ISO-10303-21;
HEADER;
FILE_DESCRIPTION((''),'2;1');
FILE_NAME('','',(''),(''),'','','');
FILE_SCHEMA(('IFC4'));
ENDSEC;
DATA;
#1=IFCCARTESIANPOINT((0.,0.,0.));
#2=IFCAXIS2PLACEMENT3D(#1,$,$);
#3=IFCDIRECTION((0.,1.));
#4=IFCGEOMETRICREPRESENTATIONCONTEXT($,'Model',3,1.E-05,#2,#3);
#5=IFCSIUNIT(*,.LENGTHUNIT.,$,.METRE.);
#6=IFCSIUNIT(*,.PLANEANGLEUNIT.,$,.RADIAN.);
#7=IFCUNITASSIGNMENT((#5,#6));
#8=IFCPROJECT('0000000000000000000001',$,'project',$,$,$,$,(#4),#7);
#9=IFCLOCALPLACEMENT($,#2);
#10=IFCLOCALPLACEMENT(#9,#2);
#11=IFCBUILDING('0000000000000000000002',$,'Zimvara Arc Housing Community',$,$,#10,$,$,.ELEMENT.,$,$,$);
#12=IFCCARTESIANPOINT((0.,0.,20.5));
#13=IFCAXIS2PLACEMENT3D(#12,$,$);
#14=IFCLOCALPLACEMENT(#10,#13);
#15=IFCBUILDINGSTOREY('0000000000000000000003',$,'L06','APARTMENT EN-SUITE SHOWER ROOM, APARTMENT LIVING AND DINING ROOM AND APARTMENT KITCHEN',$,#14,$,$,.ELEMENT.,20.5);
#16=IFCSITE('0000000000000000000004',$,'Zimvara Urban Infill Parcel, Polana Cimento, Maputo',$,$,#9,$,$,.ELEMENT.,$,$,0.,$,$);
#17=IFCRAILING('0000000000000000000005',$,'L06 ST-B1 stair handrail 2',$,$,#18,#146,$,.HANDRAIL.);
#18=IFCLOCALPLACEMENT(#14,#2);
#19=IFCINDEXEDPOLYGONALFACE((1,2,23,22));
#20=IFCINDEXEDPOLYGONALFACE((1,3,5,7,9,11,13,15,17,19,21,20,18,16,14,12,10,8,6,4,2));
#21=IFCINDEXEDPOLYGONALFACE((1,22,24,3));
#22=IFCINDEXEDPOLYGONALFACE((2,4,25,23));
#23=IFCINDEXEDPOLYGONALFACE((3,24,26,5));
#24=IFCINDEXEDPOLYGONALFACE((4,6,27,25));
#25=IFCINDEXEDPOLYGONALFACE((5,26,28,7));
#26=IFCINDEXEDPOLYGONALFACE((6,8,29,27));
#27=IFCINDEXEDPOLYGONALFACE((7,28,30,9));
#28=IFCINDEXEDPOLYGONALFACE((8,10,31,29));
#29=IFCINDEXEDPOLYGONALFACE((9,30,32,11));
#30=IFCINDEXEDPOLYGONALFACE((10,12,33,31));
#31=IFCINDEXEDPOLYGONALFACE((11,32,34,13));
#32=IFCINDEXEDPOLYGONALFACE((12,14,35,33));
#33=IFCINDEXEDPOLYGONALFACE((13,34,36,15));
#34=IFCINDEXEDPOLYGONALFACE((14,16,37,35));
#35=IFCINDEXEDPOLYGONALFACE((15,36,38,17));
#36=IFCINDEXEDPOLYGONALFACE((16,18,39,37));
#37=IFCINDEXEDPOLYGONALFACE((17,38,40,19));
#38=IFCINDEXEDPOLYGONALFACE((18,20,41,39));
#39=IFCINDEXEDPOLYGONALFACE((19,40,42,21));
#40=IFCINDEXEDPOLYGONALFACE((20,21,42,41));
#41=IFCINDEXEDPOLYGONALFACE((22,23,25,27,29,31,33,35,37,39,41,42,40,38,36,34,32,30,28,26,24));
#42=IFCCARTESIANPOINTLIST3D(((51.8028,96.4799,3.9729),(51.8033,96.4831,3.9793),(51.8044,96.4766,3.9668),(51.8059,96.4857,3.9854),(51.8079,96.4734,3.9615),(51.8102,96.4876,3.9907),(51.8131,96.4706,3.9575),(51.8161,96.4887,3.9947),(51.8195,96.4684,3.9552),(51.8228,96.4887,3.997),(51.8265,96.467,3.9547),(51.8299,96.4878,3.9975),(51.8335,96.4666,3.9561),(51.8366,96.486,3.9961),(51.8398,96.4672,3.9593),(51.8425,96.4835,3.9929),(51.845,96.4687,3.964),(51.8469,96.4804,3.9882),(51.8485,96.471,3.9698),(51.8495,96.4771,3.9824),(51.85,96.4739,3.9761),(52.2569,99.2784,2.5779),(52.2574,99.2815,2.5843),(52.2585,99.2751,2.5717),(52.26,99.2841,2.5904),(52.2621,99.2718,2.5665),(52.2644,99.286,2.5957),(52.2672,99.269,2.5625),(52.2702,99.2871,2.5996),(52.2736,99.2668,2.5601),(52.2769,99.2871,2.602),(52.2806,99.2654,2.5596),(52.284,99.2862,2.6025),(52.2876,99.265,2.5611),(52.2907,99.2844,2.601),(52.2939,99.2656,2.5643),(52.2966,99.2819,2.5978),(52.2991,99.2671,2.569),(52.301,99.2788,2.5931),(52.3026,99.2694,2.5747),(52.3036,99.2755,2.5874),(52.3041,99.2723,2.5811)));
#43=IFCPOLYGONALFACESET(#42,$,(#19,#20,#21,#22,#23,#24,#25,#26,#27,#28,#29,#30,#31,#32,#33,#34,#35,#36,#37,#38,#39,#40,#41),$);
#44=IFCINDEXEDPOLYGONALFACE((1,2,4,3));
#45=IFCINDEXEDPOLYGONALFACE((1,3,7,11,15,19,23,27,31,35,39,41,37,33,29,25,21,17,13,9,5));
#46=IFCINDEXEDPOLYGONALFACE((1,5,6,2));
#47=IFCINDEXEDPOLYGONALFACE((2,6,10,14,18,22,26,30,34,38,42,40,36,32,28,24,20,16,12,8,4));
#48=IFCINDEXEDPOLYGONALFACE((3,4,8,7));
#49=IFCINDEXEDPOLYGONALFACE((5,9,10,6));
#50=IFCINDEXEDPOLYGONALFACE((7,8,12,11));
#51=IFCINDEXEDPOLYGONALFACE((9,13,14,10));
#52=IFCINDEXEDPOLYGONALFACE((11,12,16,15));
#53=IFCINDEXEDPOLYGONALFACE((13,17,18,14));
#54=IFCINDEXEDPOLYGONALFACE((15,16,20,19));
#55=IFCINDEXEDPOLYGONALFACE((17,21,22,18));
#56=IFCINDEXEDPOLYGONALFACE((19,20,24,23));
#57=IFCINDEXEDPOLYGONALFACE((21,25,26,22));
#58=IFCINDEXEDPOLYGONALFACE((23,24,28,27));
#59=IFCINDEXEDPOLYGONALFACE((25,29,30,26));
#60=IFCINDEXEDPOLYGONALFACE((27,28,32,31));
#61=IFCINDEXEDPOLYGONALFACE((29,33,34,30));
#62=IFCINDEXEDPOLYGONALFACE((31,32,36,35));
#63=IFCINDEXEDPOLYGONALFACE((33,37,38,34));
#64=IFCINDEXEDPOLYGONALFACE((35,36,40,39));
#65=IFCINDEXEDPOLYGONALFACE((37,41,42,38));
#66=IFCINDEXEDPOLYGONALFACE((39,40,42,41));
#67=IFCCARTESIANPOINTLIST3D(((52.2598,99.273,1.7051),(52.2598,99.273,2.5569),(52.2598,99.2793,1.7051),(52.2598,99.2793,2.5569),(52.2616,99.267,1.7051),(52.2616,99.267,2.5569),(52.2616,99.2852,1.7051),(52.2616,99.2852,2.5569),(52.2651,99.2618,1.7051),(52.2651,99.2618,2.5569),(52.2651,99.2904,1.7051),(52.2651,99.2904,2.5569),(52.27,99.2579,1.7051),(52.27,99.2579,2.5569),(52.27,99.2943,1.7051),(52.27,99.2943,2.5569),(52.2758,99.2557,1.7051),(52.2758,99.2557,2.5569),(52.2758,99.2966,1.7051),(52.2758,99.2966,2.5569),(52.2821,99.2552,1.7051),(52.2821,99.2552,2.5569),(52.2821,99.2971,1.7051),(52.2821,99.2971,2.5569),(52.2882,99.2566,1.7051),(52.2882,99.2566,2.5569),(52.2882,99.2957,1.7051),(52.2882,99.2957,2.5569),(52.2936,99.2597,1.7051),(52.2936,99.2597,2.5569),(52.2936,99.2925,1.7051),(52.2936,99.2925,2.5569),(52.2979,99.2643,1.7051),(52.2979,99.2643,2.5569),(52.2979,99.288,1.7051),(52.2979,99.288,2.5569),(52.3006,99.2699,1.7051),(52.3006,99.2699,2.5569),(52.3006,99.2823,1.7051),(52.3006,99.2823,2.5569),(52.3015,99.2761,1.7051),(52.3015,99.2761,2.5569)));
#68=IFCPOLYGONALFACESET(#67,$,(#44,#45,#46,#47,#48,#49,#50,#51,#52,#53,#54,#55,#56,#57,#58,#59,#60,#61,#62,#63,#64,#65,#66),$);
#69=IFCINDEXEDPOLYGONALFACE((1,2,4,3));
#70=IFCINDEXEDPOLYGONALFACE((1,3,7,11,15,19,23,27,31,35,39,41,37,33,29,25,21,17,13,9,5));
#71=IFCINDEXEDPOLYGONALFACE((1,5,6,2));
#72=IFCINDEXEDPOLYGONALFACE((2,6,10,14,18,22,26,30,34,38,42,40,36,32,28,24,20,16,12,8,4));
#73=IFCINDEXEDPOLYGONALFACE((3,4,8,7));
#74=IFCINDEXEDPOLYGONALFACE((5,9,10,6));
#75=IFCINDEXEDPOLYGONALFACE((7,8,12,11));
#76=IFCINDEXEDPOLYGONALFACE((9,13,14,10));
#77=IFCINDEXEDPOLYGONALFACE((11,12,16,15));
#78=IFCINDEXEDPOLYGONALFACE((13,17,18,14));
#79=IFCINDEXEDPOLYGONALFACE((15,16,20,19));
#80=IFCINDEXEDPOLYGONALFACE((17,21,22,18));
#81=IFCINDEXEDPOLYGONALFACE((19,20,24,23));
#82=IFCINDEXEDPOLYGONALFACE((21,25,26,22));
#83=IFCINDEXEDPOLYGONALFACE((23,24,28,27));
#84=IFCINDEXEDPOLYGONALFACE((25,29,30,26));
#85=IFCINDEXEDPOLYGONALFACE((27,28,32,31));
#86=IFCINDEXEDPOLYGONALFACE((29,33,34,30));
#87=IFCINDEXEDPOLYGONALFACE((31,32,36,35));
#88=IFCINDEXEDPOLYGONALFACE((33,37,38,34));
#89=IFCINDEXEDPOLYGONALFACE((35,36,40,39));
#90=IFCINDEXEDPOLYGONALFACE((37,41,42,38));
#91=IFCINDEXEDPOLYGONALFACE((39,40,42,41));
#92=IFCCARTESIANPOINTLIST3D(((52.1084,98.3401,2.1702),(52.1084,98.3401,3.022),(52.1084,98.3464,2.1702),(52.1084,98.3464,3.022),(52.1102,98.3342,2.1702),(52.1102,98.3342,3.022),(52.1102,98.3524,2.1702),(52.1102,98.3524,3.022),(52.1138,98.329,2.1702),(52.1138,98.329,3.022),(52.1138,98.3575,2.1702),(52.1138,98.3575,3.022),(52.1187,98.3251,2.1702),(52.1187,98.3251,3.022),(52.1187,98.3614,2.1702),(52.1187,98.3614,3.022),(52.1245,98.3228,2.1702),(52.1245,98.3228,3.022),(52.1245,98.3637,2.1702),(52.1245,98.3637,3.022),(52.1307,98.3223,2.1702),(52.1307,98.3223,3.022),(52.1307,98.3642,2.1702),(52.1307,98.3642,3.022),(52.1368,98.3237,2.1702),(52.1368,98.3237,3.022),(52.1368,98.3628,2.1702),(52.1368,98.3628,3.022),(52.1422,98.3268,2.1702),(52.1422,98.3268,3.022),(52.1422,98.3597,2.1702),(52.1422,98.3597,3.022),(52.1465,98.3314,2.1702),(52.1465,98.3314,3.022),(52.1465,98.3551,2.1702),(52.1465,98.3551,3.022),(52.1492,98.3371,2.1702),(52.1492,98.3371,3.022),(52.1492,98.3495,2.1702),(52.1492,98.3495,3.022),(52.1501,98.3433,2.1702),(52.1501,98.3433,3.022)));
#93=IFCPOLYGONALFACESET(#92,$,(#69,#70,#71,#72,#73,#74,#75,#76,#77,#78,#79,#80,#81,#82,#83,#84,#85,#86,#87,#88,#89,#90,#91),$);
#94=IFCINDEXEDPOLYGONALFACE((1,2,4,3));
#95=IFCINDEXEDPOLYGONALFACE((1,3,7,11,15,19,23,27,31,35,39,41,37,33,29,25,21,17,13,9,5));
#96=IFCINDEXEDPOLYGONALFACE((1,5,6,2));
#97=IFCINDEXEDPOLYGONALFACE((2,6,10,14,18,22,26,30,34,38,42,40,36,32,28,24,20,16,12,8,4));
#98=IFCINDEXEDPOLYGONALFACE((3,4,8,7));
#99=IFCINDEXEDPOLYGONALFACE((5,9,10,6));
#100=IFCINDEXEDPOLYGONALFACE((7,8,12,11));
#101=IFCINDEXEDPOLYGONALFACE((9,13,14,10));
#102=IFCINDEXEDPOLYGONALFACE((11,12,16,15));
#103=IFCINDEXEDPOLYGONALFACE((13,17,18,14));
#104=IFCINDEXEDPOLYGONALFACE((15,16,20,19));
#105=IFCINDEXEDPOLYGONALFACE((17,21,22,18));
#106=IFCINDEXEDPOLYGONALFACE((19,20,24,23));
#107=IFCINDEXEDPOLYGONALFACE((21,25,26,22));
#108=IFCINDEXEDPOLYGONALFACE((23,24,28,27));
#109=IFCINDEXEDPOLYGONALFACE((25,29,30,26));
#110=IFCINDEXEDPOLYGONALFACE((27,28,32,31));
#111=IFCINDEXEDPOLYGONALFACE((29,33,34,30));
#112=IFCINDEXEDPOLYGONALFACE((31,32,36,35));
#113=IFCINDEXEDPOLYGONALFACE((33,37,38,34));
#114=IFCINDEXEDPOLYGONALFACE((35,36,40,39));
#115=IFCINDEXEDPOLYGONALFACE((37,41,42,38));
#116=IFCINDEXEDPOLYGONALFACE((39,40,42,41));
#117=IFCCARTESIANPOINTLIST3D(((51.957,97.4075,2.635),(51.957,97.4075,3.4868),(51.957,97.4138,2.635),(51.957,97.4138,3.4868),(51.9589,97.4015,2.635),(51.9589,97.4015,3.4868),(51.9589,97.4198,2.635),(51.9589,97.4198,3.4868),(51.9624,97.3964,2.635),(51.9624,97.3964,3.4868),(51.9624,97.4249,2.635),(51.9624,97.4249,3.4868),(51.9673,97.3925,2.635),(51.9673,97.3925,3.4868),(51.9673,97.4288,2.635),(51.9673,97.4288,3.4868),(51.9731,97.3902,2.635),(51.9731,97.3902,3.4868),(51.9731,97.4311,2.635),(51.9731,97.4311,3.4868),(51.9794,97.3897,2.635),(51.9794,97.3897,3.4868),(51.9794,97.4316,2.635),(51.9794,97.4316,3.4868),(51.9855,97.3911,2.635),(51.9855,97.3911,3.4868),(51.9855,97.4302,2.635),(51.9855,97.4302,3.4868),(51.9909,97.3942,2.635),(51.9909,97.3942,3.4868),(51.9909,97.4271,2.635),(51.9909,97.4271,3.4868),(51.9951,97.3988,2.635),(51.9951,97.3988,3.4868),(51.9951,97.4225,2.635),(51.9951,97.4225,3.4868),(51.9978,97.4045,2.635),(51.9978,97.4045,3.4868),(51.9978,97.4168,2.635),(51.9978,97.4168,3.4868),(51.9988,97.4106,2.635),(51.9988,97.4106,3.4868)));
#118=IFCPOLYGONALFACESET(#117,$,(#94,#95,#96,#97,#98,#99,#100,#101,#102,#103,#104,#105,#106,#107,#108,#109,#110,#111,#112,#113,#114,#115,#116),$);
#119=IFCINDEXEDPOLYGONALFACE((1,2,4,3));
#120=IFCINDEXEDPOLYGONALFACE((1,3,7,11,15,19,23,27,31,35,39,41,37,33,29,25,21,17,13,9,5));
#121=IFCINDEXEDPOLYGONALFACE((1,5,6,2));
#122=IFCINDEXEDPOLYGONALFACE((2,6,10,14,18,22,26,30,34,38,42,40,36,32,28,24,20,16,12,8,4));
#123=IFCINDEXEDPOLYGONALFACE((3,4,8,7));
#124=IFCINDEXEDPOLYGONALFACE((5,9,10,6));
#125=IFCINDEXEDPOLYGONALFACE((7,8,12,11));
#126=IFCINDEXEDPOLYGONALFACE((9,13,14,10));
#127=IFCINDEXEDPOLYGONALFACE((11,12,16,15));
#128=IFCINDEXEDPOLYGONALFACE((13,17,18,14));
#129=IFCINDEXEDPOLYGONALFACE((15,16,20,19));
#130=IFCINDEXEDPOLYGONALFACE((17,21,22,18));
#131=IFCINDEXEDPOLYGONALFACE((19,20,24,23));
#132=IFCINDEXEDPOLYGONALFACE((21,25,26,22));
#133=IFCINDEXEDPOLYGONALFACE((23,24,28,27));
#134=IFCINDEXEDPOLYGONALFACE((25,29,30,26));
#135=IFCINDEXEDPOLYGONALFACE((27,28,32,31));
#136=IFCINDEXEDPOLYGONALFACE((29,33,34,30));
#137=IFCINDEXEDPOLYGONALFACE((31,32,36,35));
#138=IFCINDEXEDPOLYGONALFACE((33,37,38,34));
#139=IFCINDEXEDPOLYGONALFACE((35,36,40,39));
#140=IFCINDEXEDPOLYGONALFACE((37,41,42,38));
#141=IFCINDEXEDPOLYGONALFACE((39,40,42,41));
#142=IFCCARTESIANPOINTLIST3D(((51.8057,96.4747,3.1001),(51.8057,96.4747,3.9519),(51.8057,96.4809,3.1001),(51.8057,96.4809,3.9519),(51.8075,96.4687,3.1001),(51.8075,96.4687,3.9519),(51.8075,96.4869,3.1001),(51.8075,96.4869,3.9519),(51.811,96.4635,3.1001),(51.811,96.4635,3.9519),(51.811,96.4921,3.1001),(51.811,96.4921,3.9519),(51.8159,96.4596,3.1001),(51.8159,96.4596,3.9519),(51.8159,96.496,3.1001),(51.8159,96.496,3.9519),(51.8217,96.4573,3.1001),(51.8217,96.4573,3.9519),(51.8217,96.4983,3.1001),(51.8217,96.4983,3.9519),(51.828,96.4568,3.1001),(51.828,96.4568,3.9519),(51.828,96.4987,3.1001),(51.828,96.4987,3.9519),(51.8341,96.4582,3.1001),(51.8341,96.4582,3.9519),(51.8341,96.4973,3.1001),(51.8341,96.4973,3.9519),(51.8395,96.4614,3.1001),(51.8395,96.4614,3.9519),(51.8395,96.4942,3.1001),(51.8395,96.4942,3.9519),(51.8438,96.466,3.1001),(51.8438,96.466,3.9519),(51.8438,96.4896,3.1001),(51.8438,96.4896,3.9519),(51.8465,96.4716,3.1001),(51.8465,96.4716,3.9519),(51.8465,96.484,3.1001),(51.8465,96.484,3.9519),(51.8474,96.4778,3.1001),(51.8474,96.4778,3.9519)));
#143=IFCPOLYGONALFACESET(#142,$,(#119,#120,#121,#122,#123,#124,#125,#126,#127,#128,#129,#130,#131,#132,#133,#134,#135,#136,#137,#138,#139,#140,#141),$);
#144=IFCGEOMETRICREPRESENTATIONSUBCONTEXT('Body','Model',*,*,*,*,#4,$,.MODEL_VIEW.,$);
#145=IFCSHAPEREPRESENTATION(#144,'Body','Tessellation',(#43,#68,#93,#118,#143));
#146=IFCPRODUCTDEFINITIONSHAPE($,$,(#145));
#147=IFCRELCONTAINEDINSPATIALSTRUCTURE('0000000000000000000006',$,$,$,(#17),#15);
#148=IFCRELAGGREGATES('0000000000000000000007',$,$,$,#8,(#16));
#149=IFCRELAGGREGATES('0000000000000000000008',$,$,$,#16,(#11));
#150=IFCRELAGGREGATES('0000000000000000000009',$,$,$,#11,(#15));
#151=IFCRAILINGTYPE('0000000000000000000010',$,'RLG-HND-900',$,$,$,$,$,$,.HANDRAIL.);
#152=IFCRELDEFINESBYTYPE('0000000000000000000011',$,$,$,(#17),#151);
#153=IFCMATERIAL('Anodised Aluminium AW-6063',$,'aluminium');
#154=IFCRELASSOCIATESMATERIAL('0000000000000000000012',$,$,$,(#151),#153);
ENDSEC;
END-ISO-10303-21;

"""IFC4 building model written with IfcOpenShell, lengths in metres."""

from ifc_helpers import new_model, si_unit, direction, frame, origin, origin_2d, place, context, subcontext, project, spatial, circle, extrude, material, type_object, element, save


model = new_model("IFC4")

# Units and contexts
model_context = context("Model", 3, precision=1e-05, world=origin(), true_north=direction((0.0, 1.0)))
body_context = subcontext(model_context, "Body", "Model", "MODEL_VIEW")
ifc_project = project(units=[si_unit("LENGTHUNIT", "METRE"), si_unit("PLANEANGLEUNIT", "RADIAN")], contexts=[model_context])

# Site, building, storey
site_placement = place(None, origin())
site = spatial("IfcSite", under=ifc_project, at=site_placement, Name="Zimvara Urban Infill Parcel, Polana Cimento, Maputo", CompositionType="ELEMENT", RefElevation=0.0)
building_placement = place(site_placement, origin())
building = spatial("IfcBuilding", under=site, at=building_placement, Name="Zimvara Arc Housing Community", CompositionType="ELEMENT")
storey_placement = place(building_placement, frame((0.0, 0.0, 20.5)))
storey = spatial("IfcBuildingStorey", under=building, at=storey_placement, Name="L06", Description="APARTMENT EN-SUITE SHOWER ROOM, APARTMENT LIVING AND DINING ROOM AND APARTMENT KITCHEN", CompositionType="ELEMENT", Elevation=20.5)

# Railing
ifc_material_1 = material(Name="Anodised Aluminium AW-6063", Category="aluminium")
railing_type_1 = type_object("IfcRailingType", Name="RLG-HND-900", PredefinedType="HANDRAIL", material=ifc_material_1)
railing_1_placement = place(storey_placement, frame((52.2805, 99.2761, 1.7051)))
element("IfcRailing", 1, at=railing_1_placement, inside=storey, type_object=railing_type_1, Name="L06 ST-B1 stair handrail 2", PredefinedType="HANDRAIL", context=body_context, shape_type="SweptSolid", body=[
    extrude(circle(Radius=0.0239, at=origin_2d()), frame((0.0, 0.0, 0.876), z_axis=(-0.143722, -0.885666, 0.44152), x_axis=(0.987088, -0.16018, 0.0)), (0.0, 0.0, 1.0), 3.1597),
    extrude(circle(Radius=0.021, at=origin_2d()), origin(), (0.0, 0.0, 1.0), 0.8518),
    extrude(circle(Radius=0.021, at=origin_2d()), frame((-0.1514, -0.9329, 0.4651)), (0.0, 0.0, 1.0), 0.8518),
    extrude(circle(Radius=0.021, at=origin_2d()), frame((-0.3027, -1.8655, 0.9299)), (0.0, 0.0, 1.0), 0.8518),
    extrude(circle(Radius=0.021, at=origin_2d()), frame((-0.4541, -2.7983, 1.395)), (0.0, 0.0, 1.0), 0.8518),
])

save(model, "model.ifc")
